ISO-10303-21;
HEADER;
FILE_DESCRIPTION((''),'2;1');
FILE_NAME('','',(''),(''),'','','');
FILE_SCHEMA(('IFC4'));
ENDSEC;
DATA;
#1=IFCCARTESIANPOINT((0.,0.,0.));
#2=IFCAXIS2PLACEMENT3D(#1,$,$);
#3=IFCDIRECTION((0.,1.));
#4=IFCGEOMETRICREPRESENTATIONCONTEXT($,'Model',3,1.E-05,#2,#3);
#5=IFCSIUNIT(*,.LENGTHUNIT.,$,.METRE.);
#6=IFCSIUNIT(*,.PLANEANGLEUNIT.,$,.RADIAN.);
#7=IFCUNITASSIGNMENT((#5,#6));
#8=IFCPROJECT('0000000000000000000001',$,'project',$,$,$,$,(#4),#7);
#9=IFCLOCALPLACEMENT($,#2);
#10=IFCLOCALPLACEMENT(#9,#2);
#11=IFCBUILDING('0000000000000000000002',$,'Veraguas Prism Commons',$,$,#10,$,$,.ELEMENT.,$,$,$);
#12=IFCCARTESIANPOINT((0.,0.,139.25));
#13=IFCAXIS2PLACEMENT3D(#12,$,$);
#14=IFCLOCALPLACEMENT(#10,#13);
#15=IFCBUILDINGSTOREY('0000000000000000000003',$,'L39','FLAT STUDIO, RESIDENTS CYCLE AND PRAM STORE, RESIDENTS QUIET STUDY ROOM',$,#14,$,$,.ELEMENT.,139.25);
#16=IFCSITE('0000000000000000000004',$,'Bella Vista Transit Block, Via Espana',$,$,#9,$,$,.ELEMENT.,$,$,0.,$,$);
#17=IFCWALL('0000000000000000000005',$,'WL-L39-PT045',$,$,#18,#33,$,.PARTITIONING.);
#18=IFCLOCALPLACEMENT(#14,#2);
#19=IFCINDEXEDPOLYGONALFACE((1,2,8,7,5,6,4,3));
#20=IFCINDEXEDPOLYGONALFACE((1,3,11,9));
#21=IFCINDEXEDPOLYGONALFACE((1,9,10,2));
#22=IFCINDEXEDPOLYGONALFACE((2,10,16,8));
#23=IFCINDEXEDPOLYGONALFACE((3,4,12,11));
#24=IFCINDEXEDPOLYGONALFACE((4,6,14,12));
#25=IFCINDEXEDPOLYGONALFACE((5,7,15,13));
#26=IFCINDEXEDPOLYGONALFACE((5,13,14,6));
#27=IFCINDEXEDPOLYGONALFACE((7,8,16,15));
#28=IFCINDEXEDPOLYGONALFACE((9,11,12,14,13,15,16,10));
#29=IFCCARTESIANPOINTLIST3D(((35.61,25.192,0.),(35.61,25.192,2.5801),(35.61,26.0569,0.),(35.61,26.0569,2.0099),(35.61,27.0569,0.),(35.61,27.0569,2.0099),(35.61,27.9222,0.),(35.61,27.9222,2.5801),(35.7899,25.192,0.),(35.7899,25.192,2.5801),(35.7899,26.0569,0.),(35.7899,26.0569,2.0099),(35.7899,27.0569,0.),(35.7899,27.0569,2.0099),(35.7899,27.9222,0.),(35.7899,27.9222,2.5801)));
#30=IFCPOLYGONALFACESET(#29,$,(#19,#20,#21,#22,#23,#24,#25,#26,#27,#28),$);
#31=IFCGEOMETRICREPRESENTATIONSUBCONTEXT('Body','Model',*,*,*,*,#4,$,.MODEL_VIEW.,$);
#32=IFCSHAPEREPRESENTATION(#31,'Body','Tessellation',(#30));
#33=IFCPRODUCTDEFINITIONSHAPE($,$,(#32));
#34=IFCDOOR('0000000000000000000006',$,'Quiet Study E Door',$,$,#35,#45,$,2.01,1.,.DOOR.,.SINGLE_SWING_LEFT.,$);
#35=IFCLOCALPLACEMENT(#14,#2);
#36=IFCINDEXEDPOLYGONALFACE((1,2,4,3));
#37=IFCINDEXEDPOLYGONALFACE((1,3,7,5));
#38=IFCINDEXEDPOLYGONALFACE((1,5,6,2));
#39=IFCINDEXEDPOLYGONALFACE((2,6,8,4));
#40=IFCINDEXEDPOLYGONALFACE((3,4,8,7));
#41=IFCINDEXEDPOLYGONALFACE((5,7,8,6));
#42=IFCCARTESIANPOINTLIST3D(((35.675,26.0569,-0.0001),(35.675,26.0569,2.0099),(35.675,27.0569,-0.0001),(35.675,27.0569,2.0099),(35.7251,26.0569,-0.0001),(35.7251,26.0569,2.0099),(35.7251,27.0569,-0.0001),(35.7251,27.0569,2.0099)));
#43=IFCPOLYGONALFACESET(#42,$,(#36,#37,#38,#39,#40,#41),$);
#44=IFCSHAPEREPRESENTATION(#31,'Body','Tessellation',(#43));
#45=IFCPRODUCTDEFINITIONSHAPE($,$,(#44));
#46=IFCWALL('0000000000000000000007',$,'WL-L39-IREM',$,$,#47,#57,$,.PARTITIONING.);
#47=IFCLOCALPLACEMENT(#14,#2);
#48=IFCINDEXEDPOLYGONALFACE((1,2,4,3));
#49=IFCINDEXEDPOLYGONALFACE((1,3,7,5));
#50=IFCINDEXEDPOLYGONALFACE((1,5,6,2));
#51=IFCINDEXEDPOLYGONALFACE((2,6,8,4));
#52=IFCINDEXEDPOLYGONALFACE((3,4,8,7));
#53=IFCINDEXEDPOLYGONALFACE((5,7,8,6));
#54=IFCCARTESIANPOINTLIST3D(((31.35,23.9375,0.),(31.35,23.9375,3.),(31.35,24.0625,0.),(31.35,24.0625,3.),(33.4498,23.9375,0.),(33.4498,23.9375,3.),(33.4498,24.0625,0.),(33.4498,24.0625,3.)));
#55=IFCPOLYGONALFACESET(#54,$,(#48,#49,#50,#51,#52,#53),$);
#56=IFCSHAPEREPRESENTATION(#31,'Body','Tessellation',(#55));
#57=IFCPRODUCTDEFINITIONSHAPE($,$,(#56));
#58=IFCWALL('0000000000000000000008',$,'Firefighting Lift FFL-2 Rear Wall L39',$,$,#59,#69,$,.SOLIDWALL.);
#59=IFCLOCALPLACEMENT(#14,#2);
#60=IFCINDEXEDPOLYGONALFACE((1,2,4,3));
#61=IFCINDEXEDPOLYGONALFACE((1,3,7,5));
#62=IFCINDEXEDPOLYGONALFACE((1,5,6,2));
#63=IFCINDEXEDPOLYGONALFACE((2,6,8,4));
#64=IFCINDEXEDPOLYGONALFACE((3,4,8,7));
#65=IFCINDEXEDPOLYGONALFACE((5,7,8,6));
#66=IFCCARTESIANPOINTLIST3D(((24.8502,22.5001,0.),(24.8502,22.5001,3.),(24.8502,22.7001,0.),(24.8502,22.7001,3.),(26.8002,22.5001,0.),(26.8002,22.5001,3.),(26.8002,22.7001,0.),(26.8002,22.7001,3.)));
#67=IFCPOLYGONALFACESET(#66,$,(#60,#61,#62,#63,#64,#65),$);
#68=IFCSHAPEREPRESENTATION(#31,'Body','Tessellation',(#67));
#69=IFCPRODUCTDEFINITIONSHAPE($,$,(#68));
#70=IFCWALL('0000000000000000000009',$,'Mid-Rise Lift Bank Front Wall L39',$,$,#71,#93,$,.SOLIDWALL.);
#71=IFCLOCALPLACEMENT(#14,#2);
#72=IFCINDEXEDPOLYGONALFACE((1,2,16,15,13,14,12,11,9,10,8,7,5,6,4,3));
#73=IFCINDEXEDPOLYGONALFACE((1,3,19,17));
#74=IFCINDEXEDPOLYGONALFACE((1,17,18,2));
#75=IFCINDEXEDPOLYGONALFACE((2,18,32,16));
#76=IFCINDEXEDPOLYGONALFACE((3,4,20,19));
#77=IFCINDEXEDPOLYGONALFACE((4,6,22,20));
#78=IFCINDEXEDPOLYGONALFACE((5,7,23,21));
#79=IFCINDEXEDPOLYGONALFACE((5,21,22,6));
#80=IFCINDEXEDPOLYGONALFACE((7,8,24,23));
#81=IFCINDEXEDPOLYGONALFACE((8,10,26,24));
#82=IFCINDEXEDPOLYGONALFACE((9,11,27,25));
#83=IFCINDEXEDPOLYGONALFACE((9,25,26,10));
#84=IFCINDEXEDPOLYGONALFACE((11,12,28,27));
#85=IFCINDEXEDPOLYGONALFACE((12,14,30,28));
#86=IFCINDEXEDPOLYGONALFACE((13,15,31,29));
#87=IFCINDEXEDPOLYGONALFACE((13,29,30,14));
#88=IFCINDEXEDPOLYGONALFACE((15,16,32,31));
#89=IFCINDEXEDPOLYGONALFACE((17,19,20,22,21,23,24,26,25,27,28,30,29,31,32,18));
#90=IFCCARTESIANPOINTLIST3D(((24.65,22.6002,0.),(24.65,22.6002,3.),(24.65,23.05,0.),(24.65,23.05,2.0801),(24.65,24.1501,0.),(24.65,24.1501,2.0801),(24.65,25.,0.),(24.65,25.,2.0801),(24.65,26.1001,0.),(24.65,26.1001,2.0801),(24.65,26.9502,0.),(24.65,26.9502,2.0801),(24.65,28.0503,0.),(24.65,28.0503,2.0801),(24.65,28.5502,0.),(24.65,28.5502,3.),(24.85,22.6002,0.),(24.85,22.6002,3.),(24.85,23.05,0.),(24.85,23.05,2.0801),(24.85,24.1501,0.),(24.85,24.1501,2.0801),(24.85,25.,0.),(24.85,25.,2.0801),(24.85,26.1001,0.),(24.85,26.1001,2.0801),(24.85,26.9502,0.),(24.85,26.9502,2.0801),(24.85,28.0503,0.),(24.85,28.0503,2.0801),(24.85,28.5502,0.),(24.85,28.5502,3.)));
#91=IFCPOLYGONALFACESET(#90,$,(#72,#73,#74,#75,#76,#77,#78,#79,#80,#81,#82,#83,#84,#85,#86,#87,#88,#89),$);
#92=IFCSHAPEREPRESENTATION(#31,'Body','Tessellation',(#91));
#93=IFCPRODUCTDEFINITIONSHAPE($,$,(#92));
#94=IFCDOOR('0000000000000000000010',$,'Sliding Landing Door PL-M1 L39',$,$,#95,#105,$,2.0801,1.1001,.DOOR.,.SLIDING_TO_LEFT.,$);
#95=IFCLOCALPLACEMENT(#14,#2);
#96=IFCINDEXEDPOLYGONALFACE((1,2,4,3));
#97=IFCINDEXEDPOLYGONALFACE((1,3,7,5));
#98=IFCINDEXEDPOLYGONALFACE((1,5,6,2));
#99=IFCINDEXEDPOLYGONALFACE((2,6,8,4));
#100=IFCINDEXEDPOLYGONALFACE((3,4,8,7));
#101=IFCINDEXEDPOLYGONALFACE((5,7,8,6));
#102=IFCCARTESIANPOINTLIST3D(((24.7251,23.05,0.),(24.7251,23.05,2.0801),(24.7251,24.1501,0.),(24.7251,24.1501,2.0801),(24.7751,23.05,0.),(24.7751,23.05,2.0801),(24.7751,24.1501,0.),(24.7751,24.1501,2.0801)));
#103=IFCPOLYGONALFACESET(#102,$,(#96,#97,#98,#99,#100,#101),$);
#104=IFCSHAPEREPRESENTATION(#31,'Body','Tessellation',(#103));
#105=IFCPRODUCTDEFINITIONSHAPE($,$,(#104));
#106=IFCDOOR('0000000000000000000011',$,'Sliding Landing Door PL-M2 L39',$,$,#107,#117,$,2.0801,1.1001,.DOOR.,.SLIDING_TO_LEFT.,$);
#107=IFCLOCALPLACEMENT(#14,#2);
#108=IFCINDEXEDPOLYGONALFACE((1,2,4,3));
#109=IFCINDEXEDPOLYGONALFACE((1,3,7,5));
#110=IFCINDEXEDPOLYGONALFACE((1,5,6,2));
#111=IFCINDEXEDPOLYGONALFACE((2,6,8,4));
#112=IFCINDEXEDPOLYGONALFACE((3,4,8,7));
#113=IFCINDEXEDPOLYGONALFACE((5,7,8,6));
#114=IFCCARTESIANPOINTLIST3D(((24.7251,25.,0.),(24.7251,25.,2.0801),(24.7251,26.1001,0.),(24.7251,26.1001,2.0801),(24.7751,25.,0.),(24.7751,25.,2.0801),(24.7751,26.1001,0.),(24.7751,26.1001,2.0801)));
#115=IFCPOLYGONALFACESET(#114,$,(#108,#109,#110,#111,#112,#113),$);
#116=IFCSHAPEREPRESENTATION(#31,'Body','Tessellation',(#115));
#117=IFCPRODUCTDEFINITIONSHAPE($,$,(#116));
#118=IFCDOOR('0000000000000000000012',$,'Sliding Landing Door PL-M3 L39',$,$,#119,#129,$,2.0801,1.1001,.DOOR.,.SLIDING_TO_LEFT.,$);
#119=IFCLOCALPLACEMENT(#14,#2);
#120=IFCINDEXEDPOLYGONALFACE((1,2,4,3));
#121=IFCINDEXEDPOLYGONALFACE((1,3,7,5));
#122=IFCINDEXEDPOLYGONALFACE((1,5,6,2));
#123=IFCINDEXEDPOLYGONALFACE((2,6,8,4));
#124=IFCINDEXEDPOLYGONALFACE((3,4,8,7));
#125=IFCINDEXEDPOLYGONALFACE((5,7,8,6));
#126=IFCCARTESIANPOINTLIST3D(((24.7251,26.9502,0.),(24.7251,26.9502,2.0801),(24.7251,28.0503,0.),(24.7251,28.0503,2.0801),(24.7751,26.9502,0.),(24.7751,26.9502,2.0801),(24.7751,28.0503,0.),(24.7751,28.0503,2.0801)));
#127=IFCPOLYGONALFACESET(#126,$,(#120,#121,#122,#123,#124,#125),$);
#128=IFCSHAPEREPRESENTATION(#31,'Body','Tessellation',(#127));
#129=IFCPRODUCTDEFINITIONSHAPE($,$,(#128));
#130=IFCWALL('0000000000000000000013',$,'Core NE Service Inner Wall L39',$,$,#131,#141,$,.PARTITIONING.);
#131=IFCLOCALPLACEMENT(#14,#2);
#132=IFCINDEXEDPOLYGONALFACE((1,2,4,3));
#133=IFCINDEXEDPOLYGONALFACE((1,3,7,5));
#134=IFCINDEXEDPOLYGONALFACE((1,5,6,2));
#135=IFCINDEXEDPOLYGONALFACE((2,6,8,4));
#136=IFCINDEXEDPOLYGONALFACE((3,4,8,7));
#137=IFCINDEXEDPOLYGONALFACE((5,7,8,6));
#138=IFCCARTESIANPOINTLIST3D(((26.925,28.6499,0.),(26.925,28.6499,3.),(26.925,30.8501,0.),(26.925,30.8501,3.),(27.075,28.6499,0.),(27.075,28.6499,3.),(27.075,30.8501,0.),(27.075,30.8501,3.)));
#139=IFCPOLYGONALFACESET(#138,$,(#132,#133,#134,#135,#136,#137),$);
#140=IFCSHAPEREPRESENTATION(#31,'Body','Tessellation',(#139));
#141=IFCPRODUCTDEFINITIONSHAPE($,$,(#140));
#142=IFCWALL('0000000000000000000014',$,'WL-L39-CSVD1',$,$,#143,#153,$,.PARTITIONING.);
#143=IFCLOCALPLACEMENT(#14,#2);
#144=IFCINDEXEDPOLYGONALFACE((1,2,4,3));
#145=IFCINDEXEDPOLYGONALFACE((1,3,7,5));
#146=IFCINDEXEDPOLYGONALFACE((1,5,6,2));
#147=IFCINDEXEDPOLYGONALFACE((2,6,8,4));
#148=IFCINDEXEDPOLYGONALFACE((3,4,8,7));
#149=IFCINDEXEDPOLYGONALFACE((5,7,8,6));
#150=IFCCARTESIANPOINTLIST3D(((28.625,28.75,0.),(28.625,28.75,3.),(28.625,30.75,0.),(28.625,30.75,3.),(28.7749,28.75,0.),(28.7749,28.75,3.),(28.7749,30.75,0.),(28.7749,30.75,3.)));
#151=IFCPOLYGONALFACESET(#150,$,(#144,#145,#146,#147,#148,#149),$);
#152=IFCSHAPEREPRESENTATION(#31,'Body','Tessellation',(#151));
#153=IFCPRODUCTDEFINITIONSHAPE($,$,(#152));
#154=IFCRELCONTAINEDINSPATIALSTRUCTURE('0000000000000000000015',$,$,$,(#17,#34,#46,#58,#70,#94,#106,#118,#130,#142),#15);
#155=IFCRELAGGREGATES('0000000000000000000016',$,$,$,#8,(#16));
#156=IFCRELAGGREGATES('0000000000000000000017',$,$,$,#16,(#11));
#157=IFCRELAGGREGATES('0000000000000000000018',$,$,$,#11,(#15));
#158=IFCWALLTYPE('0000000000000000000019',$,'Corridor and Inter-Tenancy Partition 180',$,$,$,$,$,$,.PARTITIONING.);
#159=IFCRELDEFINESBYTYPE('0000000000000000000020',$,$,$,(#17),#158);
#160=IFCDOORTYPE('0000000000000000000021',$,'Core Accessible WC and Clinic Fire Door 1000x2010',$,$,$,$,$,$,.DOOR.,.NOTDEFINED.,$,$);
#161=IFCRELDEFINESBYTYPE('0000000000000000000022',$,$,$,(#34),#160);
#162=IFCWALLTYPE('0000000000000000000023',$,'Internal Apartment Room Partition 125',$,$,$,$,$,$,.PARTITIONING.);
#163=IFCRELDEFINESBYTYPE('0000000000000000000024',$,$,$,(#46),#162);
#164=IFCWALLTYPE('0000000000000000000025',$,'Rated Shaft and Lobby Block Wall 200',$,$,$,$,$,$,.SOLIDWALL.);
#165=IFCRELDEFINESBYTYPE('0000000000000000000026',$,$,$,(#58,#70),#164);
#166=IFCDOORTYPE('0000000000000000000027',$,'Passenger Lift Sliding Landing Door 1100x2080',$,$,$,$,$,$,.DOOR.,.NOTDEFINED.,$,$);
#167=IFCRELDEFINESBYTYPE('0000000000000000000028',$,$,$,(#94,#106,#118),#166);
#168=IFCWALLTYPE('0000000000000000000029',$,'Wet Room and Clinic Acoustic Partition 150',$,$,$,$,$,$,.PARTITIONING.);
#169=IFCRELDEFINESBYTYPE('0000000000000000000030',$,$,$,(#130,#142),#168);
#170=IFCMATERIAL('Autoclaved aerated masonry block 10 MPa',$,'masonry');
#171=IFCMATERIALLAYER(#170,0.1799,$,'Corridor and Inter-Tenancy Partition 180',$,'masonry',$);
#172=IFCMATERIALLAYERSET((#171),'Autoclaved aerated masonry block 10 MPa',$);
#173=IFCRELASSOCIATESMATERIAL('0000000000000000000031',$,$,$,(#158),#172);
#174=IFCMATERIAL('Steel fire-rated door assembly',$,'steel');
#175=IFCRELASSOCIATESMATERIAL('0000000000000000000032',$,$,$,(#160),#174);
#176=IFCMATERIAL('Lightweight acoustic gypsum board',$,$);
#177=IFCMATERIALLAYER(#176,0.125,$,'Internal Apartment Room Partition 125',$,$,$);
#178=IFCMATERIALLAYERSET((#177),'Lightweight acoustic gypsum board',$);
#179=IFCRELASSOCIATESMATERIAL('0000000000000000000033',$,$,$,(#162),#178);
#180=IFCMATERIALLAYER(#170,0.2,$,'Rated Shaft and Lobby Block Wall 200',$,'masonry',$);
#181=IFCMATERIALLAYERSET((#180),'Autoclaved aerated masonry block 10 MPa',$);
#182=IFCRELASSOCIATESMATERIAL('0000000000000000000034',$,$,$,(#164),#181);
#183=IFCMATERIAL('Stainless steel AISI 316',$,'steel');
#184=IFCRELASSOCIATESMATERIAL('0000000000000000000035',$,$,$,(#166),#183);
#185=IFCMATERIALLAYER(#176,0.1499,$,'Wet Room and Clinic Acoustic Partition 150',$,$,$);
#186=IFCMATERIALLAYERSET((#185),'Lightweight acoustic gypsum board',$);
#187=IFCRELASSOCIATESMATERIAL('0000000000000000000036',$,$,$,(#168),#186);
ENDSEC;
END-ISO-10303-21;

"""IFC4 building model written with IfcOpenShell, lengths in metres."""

from ifc_helpers import new_model, si_unit, direction, frame, frame_2d, origin, place, context, subcontext, project, spatial, rectangle, extrude, source, transform, mapped, material, layer, layer_set, type_object, element, fill, save


model = new_model("IFC4")

# Units and contexts
model_context = context("Model", 3, precision=1e-05, world=origin(), true_north=direction((0.0, 1.0)))
body_context = subcontext(model_context, "Body", "Model", "MODEL_VIEW")
ifc_project = project(units=[si_unit("LENGTHUNIT", "METRE"), si_unit("PLANEANGLEUNIT", "RADIAN")], contexts=[model_context])

# Site, building, storey
site_placement = place(None, origin())
site = spatial("IfcSite", under=ifc_project, at=site_placement, Name="Bella Vista Transit Block, Via Espana", CompositionType="ELEMENT", RefElevation=0.0)
building_placement = place(site_placement, origin())
building = spatial("IfcBuilding", under=site, at=building_placement, Name="Veraguas Prism Commons", CompositionType="ELEMENT")
storey_placement = place(building_placement, frame((0.0, 0.0, 139.25)))
storey = spatial("IfcBuildingStorey", under=building, at=storey_placement, Name="L39", Description="FLAT STUDIO, RESIDENTS CYCLE AND PRAM STORE, RESIDENTS QUIET STUDY ROOM", CompositionType="ELEMENT", Elevation=139.25)

# Shared definitions
ifc_material_1 = material(Name="Steel fire-rated door assembly", Category="steel")

# Wall, opening, door
ifc_material_2 = material(Name="Autoclaved aerated masonry block 10 MPa", Category="masonry")
ifc_layer_1 = layer(ifc_material_2, 0.1799, Name="Corridor and Inter-Tenancy Partition 180", Category="masonry")
ifc_layer_set_1 = layer_set([ifc_layer_1], Name="Autoclaved aerated masonry block 10 MPa")
wall_type_1 = type_object("IfcWallType", Name="Corridor and Inter-Tenancy Partition 180", PredefinedType="PARTITIONING", material=ifc_layer_set_1)
wall_1_placement = place(storey_placement, frame((35.7, 25.1919, 0.0), z_axis=(0.0, 0.0, 1.0), x_axis=(0.0, 1.0, 0.0)))
wall_1 = element("IfcWall", 1, at=wall_1_placement, inside=storey, type_object=wall_type_1, Name="WL-L39-PT045", PredefinedType="PARTITIONING", context=body_context, shape_type="SweptSolid", body=[
    extrude(rectangle(XDim=2.7302, YDim=0.1799, at=frame_2d((1.3652, 0.0))), origin(), (0.0, 0.0, 1.0), 2.5801),
])
opening_1_placement = place(wall_1_placement, frame((0.865, 0.0, 0.0)))
opening_1 = element("IfcOpeningElement", 2, at=opening_1_placement, cuts=wall_1, PredefinedType="OPENING", context=body_context, shape_type="SweptSolid", body=[
    extrude(rectangle(XDim=1.0, YDim=2.01, at=frame_2d((0.5, 1.0049))), frame((0.0, 0.0999, 0.0), z_axis=(0.0, -1.0, 0.0), x_axis=(1.0, 0.0, 0.0)), (0.0, 0.0, 1.0), 0.2),
])
door_type_1 = type_object("IfcDoorType", Name="Core Accessible WC and Clinic Fire Door 1000x2010", OperationType="NOTDEFINED", PredefinedType="DOOR", material=ifc_material_1)
shared_shape_1 = source(origin(), body_context, "Body", "SweptSolid", [
    extrude(rectangle(XDim=1.0, YDim=2.01, at=frame_2d((0.5, 1.0049))), frame((0.0, 0.0249, 0.0), z_axis=(0.0, -1.0, 0.0), x_axis=(1.0, 0.0, 0.0)), (0.0, 0.0, 1.0), 0.05),
])
door_1_placement = place(opening_1_placement, origin())
door_1 = element("IfcDoor", 3, at=door_1_placement, inside=storey, type_object=door_type_1, Name="Quiet Study E Door", OperationType="SINGLE_SWING_LEFT", OverallHeight=2.01, OverallWidth=1.0, PredefinedType="DOOR", context=body_context, shape_type="MappedRepresentation", body=[
    mapped(shared_shape_1, transform((0.0, 0.0, 0.0), scale=1.0)),
])
fill(opening_1, door_1)

# Walls
ifc_material_3 = material(Name="Lightweight acoustic gypsum board")
ifc_layer_2 = layer(ifc_material_3, 0.125, Name="Internal Apartment Room Partition 125")
ifc_layer_set_2 = layer_set([ifc_layer_2], Name="Lightweight acoustic gypsum board")
wall_type_2 = type_object("IfcWallType", Name="Internal Apartment Room Partition 125", PredefinedType="PARTITIONING", material=ifc_layer_set_2)
wall_2_placement = place(storey_placement, frame((31.3501, 24.0, 0.0), z_axis=(0.0, 0.0, 1.0), x_axis=(1.0, 0.0, 0.0)))
element("IfcWall", 4, at=wall_2_placement, inside=storey, type_object=wall_type_2, Name="WL-L39-IREM", PredefinedType="PARTITIONING", context=body_context, shape_type="SweptSolid", body=[
    extrude(rectangle(XDim=2.0999, YDim=0.125, at=frame_2d((1.0498, 0.0))), origin(), (0.0, 0.0, 1.0), 3.0),
])
ifc_layer_3 = layer(ifc_material_2, 0.2, Name="Rated Shaft and Lobby Block Wall 200", Category="masonry")
ifc_layer_set_3 = layer_set([ifc_layer_3], Name="Autoclaved aerated masonry block 10 MPa")
wall_type_3 = type_object("IfcWallType", Name="Rated Shaft and Lobby Block Wall 200", PredefinedType="SOLIDWALL", material=ifc_layer_set_3)
wall_3_placement = place(storey_placement, frame((24.8501, 22.6001, 0.0), z_axis=(0.0, 0.0, 1.0), x_axis=(1.0, 0.0, 0.0)))
element("IfcWall", 5, at=wall_3_placement, inside=storey, type_object=wall_type_3, Name="Firefighting Lift FFL-2 Rear Wall L39", PredefinedType="SOLIDWALL", context=body_context, shape_type="SweptSolid", body=[
    extrude(rectangle(XDim=1.95, YDim=0.2, at=frame_2d((0.9751, 0.0))), origin(), (0.0, 0.0, 1.0), 3.0),
])

# Wall, openings, doors
wall_4_placement = place(storey_placement, frame((24.75, 22.6001, 0.0), z_axis=(0.0, 0.0, 1.0), x_axis=(0.0, 1.0, 0.0)))
wall_4 = element("IfcWall", 6, at=wall_4_placement, inside=storey, type_object=wall_type_3, Name="Mid-Rise Lift Bank Front Wall L39", PredefinedType="SOLIDWALL", context=body_context, shape_type="SweptSolid", body=[
    extrude(rectangle(XDim=5.95, YDim=0.2, at=frame_2d((2.9751, 0.0))), origin(), (0.0, 0.0, 1.0), 3.0),
])
opening_2_placement = place(wall_4_placement, frame((0.45, 0.0, 0.0)))
opening_2 = element("IfcOpeningElement", 7, at=opening_2_placement, cuts=wall_4, PredefinedType="OPENING", context=body_context, shape_type="SweptSolid", body=[
    extrude(rectangle(XDim=1.1001, YDim=2.0801, at=frame_2d((0.55, 1.04))), frame((0.0, 0.1099, 0.0), z_axis=(0.0, -1.0, 0.0), x_axis=(1.0, 0.0, 0.0)), (0.0, 0.0, 1.0), 0.22),
])
opening_3_placement = place(wall_4_placement, frame((2.3999, 0.0, 0.0)))
opening_3 = element("IfcOpeningElement", 8, at=opening_3_placement, cuts=wall_4, PredefinedType="OPENING", context=body_context, shape_type="SweptSolid", body=[
    extrude(rectangle(XDim=1.1001, YDim=2.0801, at=frame_2d((0.55, 1.04))), frame((0.0, 0.1099, 0.0), z_axis=(0.0, -1.0, 0.0), x_axis=(1.0, 0.0, 0.0)), (0.0, 0.0, 1.0), 0.22),
])
opening_4_placement = place(wall_4_placement, frame((4.3501, 0.0, 0.0)))
opening_4 = element("IfcOpeningElement", 9, at=opening_4_placement, cuts=wall_4, PredefinedType="OPENING", context=body_context, shape_type="SweptSolid", body=[
    extrude(rectangle(XDim=1.1001, YDim=2.0801, at=frame_2d((0.55, 1.04))), frame((0.0, 0.1099, 0.0), z_axis=(0.0, -1.0, 0.0), x_axis=(1.0, 0.0, 0.0)), (0.0, 0.0, 1.0), 0.22),
])
ifc_material_4 = material(Name="Stainless steel AISI 316", Category="steel")
door_type_2 = type_object("IfcDoorType", Name="Passenger Lift Sliding Landing Door 1100x2080", OperationType="NOTDEFINED", PredefinedType="DOOR", material=ifc_material_4)
shared_shape_2 = source(origin(), body_context, "Body", "SweptSolid", [
    extrude(rectangle(XDim=1.1001, YDim=2.0801, at=frame_2d((0.55, 1.04))), frame((0.0, 0.0249, 0.0), z_axis=(0.0, -1.0, 0.0), x_axis=(1.0, 0.0, 0.0)), (0.0, 0.0, 1.0), 0.05),
])
door_2_placement = place(opening_2_placement, origin())
door_2 = element("IfcDoor", 10, at=door_2_placement, inside=storey, type_object=door_type_2, Name="Sliding Landing Door PL-M1 L39", OperationType="SLIDING_TO_LEFT", OverallHeight=2.0801, OverallWidth=1.1001, PredefinedType="DOOR", context=body_context, shape_type="MappedRepresentation", body=[
    mapped(shared_shape_2, transform((0.0, 0.0, 0.0), scale=1.0)),
])
fill(opening_2, door_2)
door_3_placement = place(opening_3_placement, origin())
door_3 = element("IfcDoor", 11, at=door_3_placement, inside=storey, type_object=door_type_2, Name="Sliding Landing Door PL-M2 L39", OperationType="SLIDING_TO_LEFT", OverallHeight=2.0801, OverallWidth=1.1001, PredefinedType="DOOR", context=body_context, shape_type="MappedRepresentation", body=[
    mapped(shared_shape_2, transform((0.0, 0.0, 0.0), scale=1.0)),
])
fill(opening_3, door_3)
door_4_placement = place(opening_4_placement, origin())
door_4 = element("IfcDoor", 12, at=door_4_placement, inside=storey, type_object=door_type_2, Name="Sliding Landing Door PL-M3 L39", OperationType="SLIDING_TO_LEFT", OverallHeight=2.0801, OverallWidth=1.1001, PredefinedType="DOOR", context=body_context, shape_type="MappedRepresentation", body=[
    mapped(shared_shape_2, transform((0.0, 0.0, 0.0), scale=1.0)),
])
fill(opening_4, door_4)

# Walls
ifc_layer_4 = layer(ifc_material_3, 0.1499, Name="Wet Room and Clinic Acoustic Partition 150")
ifc_layer_set_4 = layer_set([ifc_layer_4], Name="Lightweight acoustic gypsum board")
wall_type_4 = type_object("IfcWallType", Name="Wet Room and Clinic Acoustic Partition 150", PredefinedType="PARTITIONING", material=ifc_layer_set_4)
wall_5_placement = place(storey_placement, frame((27.0, 28.6499, 0.0), z_axis=(0.0, 0.0, 1.0), x_axis=(0.0, 1.0, 0.0)))
element("IfcWall", 13, at=wall_5_placement, inside=storey, type_object=wall_type_4, Name="Core NE Service Inner Wall L39", PredefinedType="PARTITIONING", context=body_context, shape_type="SweptSolid", body=[
    extrude(rectangle(XDim=2.2002, YDim=0.1499, at=frame_2d((1.1001, 0.0))), origin(), (0.0, 0.0, 1.0), 3.0),
])
wall_6_placement = place(storey_placement, frame((28.7, 28.75, 0.0), z_axis=(0.0, 0.0, 1.0), x_axis=(0.0, 1.0, 0.0)))
element("IfcWall", 14, at=wall_6_placement, inside=storey, type_object=wall_type_4, Name="WL-L39-CSVD1", PredefinedType="PARTITIONING", context=body_context, shape_type="SweptSolid", body=[
    extrude(rectangle(XDim=2.0, YDim=0.1499, at=frame_2d((1.0, 0.0))), origin(), (0.0, 0.0, 1.0), 3.0),
])

save(model, "model.ifc")
